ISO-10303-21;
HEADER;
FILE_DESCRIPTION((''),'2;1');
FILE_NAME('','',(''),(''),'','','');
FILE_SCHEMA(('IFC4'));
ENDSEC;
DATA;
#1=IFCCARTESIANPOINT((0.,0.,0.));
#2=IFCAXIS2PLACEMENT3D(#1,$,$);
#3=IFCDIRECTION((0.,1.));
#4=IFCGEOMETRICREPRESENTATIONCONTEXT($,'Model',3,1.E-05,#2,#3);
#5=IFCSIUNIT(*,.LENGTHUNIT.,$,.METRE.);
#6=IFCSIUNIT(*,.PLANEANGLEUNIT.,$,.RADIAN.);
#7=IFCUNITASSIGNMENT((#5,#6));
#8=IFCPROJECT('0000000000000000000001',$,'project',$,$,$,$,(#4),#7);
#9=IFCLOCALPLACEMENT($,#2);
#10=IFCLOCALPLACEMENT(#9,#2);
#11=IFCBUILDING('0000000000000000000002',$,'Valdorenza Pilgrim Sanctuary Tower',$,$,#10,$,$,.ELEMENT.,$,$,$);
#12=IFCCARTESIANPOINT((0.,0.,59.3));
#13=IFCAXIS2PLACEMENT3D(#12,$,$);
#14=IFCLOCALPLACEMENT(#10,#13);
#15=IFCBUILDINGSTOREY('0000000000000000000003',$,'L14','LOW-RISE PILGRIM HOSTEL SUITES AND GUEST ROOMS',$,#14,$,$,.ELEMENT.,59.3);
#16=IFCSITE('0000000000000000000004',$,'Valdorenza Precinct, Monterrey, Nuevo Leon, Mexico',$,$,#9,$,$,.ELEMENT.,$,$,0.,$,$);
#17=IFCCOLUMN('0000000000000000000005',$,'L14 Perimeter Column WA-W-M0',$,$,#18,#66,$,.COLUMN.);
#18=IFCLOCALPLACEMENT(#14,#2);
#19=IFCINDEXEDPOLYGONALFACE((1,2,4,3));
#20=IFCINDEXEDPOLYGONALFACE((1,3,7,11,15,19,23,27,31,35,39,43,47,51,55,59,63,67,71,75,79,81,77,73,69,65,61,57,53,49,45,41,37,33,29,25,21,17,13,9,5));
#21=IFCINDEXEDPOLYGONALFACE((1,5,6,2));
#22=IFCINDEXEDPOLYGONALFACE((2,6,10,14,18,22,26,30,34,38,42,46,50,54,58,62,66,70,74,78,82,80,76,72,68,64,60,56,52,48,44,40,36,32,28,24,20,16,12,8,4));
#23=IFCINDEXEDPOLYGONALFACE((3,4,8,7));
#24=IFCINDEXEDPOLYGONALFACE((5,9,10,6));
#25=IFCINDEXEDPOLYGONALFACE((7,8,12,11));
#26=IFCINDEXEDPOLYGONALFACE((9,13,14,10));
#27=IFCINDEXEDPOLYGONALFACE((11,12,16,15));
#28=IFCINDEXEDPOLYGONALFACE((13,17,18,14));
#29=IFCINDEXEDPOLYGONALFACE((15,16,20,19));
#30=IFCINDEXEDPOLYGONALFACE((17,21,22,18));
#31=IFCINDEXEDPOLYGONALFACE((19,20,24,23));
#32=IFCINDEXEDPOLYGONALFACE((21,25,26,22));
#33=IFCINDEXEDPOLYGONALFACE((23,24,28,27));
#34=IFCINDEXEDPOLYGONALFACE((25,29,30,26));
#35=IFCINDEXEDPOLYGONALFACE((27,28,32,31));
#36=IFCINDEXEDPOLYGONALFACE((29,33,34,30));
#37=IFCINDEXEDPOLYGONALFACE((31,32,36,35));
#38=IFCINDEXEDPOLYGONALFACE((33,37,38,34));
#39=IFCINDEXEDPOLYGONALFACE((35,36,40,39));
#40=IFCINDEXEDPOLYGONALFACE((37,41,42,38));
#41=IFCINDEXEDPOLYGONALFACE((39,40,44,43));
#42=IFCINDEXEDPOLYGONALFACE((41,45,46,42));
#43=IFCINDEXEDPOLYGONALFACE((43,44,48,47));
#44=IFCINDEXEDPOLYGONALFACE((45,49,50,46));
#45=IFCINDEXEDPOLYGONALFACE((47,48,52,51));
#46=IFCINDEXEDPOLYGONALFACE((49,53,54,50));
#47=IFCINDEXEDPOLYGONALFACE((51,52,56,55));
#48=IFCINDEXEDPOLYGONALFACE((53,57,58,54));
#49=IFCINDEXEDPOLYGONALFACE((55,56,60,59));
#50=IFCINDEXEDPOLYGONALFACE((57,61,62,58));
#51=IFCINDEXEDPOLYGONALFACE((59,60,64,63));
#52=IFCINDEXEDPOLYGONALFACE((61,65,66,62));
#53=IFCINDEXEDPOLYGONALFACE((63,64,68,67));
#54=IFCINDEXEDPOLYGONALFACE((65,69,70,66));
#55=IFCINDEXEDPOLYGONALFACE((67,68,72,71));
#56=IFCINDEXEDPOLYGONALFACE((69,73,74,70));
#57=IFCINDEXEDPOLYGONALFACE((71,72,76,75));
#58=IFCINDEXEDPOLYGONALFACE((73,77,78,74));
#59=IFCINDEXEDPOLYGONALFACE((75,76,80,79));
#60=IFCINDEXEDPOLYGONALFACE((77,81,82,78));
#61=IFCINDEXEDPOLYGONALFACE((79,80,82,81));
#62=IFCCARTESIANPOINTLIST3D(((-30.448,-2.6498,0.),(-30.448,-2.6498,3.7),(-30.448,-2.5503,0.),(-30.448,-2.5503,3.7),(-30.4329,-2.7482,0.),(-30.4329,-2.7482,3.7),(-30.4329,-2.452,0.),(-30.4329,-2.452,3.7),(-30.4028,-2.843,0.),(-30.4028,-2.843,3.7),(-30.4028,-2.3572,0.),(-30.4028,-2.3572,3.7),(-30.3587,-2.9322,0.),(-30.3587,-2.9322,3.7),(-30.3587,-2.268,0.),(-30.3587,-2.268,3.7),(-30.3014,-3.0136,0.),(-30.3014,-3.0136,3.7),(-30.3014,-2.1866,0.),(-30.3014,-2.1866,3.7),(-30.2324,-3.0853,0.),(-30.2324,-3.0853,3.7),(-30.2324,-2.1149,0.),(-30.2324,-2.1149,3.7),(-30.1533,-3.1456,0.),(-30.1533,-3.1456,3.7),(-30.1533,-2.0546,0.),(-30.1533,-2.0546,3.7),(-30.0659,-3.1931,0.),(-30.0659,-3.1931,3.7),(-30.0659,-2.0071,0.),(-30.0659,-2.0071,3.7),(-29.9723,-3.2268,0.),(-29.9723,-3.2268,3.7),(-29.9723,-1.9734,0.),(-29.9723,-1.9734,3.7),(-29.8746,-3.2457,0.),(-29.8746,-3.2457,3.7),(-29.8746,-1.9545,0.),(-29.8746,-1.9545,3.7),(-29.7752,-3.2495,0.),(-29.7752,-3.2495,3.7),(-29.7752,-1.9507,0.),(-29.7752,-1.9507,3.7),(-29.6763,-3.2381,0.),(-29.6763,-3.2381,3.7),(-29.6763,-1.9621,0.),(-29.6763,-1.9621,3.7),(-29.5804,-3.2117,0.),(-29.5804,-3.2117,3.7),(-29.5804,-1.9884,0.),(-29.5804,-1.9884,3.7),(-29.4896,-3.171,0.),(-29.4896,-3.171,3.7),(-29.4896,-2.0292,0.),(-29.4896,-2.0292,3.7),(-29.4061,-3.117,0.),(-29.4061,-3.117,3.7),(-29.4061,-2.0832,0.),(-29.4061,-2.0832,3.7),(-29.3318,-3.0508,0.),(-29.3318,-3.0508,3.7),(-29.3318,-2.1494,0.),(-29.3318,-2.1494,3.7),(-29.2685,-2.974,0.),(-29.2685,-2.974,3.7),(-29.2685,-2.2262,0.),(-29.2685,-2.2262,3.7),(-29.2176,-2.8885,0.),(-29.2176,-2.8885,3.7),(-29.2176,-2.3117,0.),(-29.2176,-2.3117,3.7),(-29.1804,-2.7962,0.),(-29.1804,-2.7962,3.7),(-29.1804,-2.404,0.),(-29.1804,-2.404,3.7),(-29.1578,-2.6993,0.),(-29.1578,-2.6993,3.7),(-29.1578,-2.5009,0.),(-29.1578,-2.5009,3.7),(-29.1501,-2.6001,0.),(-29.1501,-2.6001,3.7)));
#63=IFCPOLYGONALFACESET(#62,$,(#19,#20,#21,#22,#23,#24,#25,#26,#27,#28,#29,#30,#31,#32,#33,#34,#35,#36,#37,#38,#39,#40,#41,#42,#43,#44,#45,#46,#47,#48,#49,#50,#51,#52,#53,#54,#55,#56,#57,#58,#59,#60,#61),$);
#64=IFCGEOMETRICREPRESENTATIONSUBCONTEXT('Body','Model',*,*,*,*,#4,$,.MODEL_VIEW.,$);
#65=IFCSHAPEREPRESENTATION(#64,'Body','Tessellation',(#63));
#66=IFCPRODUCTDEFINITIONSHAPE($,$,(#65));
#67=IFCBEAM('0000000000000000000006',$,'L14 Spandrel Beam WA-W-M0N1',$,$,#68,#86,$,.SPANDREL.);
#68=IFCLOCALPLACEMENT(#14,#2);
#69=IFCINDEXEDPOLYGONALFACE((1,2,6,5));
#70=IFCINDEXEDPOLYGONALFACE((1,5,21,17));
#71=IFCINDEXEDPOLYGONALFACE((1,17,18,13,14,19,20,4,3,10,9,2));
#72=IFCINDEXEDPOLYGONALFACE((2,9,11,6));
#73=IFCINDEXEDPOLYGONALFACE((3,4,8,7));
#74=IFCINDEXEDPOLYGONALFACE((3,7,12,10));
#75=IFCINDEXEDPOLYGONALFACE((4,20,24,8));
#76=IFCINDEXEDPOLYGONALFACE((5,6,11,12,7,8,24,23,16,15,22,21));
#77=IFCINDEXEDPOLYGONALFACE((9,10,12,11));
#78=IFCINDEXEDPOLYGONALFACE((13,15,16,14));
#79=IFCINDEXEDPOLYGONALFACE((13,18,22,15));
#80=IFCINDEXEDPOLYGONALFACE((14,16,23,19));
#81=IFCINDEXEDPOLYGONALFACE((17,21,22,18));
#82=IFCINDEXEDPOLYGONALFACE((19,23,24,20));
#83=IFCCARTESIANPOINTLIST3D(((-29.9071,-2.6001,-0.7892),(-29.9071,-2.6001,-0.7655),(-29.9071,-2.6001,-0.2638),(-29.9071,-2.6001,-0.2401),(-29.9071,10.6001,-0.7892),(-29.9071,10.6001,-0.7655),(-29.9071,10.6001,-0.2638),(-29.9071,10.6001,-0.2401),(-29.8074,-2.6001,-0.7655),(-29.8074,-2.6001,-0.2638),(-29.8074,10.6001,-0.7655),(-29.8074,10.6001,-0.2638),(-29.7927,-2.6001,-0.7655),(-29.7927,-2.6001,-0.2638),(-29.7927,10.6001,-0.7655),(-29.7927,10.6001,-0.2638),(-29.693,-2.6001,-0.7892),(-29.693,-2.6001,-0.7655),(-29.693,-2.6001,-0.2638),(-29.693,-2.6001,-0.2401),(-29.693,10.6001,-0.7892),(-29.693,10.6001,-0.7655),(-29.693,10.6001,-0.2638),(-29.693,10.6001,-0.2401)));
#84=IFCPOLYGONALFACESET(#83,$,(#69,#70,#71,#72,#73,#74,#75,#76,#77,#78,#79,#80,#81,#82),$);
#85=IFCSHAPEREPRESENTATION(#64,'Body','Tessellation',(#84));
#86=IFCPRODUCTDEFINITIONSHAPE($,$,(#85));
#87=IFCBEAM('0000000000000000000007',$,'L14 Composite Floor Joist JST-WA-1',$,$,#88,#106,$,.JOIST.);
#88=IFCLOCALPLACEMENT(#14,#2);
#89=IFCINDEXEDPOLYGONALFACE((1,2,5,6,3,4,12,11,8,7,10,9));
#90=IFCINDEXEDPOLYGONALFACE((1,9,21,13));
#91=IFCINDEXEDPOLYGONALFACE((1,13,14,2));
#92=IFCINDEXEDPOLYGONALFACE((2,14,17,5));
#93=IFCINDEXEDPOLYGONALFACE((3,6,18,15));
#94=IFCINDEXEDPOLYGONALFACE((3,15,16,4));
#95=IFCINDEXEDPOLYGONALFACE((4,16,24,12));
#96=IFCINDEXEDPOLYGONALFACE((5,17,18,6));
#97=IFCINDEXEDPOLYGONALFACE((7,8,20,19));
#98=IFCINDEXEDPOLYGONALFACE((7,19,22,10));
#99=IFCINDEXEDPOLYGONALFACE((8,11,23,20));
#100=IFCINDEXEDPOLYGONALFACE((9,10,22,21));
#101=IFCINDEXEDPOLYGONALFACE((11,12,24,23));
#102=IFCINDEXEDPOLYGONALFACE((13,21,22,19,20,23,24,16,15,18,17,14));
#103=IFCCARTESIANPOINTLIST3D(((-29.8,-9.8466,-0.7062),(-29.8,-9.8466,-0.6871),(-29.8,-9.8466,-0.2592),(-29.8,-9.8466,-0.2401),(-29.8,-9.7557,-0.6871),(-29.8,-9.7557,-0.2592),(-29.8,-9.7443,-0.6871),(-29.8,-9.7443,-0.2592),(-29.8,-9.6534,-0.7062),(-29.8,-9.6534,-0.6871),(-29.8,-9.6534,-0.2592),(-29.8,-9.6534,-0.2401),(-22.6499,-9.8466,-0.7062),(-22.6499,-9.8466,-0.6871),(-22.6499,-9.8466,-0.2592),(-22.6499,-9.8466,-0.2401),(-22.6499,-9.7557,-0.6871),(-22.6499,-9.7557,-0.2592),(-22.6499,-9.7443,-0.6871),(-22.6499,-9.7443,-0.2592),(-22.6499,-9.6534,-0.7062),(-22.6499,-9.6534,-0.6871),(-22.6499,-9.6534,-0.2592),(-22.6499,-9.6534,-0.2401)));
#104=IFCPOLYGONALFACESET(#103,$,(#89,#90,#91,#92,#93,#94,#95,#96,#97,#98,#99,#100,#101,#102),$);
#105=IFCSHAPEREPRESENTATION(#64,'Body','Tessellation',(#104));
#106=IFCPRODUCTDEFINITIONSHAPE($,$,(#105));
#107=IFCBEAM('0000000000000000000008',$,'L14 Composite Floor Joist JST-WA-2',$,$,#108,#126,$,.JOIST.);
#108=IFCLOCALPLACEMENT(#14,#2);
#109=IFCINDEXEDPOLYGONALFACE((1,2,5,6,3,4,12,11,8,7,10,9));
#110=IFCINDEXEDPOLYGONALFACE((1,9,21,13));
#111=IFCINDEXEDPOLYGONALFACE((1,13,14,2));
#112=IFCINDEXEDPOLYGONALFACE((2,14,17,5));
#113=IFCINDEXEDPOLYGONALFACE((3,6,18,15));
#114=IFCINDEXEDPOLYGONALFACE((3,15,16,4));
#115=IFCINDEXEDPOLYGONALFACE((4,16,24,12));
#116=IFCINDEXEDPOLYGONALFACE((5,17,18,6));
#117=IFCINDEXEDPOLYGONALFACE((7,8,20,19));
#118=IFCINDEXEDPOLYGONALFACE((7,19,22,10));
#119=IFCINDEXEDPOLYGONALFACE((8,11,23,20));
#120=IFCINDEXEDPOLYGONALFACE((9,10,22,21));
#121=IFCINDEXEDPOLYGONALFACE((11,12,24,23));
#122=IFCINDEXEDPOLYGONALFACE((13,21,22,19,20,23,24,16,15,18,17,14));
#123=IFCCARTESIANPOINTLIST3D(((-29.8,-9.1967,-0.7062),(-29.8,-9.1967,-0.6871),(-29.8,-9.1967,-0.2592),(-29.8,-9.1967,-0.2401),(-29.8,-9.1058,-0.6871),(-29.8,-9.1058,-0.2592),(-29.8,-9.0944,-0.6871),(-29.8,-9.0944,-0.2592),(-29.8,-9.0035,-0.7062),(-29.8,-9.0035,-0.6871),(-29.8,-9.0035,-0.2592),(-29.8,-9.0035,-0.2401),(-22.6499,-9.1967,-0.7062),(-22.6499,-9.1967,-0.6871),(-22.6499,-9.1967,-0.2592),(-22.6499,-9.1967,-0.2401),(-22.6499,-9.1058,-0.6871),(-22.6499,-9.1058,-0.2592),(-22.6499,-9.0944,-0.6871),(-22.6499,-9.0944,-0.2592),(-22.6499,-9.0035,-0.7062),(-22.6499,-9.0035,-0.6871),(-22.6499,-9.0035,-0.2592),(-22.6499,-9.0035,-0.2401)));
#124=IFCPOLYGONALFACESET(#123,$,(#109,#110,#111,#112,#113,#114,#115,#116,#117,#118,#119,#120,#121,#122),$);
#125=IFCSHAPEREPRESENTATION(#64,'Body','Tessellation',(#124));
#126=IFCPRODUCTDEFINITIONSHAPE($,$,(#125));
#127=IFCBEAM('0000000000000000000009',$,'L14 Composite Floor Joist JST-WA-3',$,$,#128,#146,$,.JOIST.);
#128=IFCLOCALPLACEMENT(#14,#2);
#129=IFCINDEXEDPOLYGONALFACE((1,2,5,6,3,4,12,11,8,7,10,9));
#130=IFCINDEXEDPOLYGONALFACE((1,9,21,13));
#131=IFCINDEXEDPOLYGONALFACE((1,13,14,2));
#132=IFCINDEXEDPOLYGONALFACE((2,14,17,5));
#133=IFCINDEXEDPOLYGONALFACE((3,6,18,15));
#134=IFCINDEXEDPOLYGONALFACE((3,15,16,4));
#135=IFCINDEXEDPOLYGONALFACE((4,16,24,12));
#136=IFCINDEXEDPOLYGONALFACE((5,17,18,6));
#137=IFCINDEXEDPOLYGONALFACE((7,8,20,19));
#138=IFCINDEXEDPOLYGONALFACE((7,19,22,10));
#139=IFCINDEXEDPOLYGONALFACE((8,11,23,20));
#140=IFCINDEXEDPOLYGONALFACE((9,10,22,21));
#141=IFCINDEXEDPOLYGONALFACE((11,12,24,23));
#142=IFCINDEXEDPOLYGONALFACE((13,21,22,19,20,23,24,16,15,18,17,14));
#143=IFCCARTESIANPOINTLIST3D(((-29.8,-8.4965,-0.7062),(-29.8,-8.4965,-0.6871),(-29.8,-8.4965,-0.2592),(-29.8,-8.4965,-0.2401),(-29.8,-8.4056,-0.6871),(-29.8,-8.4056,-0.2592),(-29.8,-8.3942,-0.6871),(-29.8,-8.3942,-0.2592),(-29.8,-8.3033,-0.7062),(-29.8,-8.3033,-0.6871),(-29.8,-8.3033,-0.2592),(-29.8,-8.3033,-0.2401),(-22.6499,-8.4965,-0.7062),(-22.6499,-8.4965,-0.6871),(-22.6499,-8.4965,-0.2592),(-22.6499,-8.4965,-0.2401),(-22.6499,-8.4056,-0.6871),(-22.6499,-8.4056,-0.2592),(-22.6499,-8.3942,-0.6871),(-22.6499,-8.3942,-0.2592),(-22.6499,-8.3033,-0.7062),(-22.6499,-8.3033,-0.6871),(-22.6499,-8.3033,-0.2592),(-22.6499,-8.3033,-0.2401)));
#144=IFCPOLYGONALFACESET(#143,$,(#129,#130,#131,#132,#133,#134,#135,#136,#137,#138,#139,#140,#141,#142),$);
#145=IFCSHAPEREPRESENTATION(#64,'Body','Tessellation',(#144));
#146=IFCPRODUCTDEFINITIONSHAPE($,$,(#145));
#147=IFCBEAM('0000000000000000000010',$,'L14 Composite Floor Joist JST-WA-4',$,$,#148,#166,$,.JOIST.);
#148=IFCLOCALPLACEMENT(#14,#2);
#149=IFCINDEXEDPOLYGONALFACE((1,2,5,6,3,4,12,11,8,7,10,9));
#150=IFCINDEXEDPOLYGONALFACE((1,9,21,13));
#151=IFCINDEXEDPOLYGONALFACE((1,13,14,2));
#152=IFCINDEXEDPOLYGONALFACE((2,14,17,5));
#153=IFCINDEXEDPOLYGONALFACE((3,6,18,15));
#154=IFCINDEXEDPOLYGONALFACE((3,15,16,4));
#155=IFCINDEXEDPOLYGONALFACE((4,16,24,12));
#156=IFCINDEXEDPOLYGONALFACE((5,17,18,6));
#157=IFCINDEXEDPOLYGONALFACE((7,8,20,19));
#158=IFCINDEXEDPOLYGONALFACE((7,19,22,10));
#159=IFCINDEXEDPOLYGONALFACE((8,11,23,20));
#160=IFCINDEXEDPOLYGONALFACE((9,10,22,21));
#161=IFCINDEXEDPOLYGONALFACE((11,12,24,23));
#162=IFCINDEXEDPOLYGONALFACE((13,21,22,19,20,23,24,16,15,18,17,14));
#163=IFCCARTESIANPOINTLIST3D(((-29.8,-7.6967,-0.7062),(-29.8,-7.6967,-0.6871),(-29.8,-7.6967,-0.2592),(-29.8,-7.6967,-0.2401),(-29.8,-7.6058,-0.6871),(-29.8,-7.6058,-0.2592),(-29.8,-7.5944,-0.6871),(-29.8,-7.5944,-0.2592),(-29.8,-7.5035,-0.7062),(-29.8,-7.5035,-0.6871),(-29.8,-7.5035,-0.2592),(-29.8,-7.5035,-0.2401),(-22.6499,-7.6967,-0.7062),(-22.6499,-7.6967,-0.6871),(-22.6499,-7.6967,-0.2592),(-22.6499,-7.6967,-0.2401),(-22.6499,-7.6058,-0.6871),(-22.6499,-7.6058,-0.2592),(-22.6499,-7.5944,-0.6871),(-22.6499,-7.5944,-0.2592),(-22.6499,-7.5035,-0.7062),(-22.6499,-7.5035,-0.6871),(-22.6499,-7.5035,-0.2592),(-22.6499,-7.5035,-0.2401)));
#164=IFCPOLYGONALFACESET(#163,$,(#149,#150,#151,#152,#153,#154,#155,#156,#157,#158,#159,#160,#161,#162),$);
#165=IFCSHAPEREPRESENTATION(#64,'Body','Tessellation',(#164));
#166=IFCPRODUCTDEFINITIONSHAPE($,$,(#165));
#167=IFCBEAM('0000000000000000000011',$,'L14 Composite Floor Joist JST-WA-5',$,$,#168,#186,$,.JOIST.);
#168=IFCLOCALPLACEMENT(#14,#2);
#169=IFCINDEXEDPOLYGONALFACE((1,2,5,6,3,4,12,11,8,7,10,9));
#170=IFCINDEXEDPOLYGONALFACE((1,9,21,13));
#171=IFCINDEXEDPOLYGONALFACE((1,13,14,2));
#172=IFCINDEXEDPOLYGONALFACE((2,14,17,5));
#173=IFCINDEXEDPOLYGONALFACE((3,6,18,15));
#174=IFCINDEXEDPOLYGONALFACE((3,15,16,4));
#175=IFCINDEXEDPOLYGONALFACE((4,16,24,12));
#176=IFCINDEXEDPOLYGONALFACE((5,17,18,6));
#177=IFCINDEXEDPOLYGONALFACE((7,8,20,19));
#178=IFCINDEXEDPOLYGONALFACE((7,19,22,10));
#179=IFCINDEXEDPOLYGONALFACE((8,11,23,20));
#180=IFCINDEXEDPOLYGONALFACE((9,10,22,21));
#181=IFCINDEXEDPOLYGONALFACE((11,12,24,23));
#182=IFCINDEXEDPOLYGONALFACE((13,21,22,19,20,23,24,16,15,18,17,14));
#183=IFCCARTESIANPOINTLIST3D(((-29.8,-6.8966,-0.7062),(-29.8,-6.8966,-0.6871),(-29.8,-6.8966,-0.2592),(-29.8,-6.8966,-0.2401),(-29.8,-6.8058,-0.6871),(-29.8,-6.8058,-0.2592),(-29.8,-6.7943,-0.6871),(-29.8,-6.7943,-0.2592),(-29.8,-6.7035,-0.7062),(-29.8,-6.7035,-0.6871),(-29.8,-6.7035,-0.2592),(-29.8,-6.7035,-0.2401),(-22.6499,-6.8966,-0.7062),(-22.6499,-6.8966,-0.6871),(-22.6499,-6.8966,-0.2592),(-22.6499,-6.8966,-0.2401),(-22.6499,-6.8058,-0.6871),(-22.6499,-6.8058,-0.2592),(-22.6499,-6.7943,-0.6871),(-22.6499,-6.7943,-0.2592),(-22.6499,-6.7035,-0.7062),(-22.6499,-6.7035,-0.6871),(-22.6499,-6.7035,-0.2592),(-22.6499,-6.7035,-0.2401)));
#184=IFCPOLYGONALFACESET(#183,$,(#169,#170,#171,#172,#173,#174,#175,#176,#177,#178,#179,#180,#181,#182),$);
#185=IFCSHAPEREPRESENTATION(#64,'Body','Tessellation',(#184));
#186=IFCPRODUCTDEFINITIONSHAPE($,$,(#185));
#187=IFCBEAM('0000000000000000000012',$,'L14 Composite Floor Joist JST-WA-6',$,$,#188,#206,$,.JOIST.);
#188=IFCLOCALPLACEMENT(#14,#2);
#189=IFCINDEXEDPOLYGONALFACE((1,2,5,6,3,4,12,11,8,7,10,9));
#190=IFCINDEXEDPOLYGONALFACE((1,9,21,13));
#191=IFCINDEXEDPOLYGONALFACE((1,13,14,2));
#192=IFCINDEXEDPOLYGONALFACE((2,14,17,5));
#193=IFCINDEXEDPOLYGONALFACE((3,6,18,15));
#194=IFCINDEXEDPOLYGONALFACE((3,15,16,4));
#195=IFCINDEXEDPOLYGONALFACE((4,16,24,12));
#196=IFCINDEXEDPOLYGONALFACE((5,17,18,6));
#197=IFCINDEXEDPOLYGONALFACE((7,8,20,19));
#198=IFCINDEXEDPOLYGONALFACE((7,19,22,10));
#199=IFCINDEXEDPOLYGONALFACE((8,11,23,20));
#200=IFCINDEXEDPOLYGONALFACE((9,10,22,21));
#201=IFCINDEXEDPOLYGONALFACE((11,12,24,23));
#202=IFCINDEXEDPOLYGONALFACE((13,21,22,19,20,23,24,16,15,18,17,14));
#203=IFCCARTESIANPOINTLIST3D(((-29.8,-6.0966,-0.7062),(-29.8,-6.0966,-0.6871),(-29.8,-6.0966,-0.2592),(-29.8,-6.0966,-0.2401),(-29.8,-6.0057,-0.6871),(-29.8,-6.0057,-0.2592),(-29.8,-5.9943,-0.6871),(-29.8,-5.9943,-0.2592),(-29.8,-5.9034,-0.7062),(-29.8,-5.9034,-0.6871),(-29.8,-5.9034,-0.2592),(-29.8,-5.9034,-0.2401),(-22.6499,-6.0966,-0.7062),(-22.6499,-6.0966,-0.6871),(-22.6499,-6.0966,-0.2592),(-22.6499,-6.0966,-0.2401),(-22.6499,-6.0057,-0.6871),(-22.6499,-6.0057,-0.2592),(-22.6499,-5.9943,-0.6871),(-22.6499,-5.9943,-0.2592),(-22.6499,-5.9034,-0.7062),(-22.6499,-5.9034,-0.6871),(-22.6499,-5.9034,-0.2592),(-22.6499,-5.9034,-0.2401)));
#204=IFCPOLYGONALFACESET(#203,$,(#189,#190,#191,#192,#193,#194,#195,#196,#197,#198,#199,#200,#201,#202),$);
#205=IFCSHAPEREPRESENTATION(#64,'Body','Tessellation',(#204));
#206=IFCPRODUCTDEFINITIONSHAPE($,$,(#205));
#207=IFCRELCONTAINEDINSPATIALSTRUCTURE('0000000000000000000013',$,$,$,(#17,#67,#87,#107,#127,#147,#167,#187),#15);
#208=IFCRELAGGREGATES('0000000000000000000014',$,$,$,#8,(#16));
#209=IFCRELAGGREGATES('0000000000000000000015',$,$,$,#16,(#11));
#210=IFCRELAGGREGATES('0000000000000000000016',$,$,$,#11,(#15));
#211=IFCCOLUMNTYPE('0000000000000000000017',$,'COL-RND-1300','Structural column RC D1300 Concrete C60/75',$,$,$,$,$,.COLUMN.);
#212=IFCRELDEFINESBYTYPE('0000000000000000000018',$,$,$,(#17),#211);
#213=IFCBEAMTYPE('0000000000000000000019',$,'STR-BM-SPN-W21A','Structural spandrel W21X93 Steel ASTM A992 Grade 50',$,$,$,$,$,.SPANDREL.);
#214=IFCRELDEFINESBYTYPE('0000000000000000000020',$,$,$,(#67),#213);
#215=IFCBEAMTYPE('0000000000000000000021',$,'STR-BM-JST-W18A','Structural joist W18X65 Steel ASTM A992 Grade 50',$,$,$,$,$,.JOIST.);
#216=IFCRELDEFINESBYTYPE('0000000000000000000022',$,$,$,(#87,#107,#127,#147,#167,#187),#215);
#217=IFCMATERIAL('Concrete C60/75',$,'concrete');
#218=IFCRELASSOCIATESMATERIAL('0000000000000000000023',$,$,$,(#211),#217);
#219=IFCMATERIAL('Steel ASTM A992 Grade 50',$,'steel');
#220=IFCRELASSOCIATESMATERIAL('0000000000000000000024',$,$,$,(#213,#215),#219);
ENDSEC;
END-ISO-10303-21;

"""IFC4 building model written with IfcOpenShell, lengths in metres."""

from ifc_helpers import new_model, si_unit, direction, frame, origin, origin_2d, place, context, subcontext, project, spatial, circle, i_section, extrude, source, transform, mapped, material, material_profile, profile_set, type_object, element, save


model = new_model("IFC4")

# Units and contexts
model_context = context("Model", 3, precision=1e-05, world=origin(), true_north=direction((0.0, 1.0)))
body_context = subcontext(model_context, "Body", "Model", "MODEL_VIEW")
ifc_project = project(units=[si_unit("LENGTHUNIT", "METRE"), si_unit("PLANEANGLEUNIT", "RADIAN")], contexts=[model_context])

# Site, building, storey
site_placement = place(None, origin())
site = spatial("IfcSite", under=ifc_project, at=site_placement, Name="Valdorenza Precinct, Monterrey, Nuevo Leon, Mexico", CompositionType="ELEMENT", RefElevation=0.0)
building_placement = place(site_placement, origin())
building = spatial("IfcBuilding", under=site, at=building_placement, Name="Valdorenza Pilgrim Sanctuary Tower", CompositionType="ELEMENT")
storey_placement = place(building_placement, frame((0.0, 0.0, 59.3)))
storey = spatial("IfcBuildingStorey", under=building, at=storey_placement, Name="L14", Description="LOW-RISE PILGRIM HOSTEL SUITES AND GUEST ROOMS", CompositionType="ELEMENT", Elevation=59.3)

# Column
ifc_material_1 = material(Name="Concrete C60/75", Category="concrete")
ifc_material_profile_1 = material_profile(ifc_material_1, circle(Radius=0.6499, at=origin_2d()), Name="RC D1300")
ifc_profile_set_1 = profile_set([ifc_material_profile_1], Name="Concrete C60/75")
column_type = type_object("IfcColumnType", Name="COL-RND-1300", Description="Structural column RC D1300 Concrete C60/75", PredefinedType="COLUMN", material=ifc_profile_set_1)
shared_shape_1 = source(origin(), body_context, "Body", "SweptSolid", [
    extrude(circle(Radius=0.6499, at=origin_2d()), origin(), (0.0, 0.0, 1.0), 3.7),
])
column_placement = place(storey_placement, frame((-29.8, -2.6001, 0.0), z_axis=(0.0, 0.0, 1.0), x_axis=(1.0, 0.0, 0.0)))
element("IfcColumn", 1, at=column_placement, inside=storey, type_object=column_type, Name="L14 Perimeter Column WA-W-M0", PredefinedType="COLUMN", context=body_context, shape_type="MappedRepresentation", body=[
    mapped(shared_shape_1, transform((0.0, 0.0, 0.0), x_axis=(1.0, 0.0, 0.0), y_axis=(0.0, 1.0, 0.0), z_axis=(0.0, 0.0, 1.0), scale=1.0)),
])

# Beams
ifc_material_2 = material(Name="Steel ASTM A992 Grade 50", Category="steel")
ifc_material_profile_2 = material_profile(ifc_material_2, i_section(OverallWidth=0.2141, OverallDepth=0.5491, WebThickness=0.0146, FlangeThickness=0.0237, at=origin_2d()), Name="W21X93")
ifc_profile_set_2 = profile_set([ifc_material_profile_2], Name="Steel ASTM A992 Grade 50")
beam_type_1 = type_object("IfcBeamType", Name="STR-BM-SPN-W21A", Description="Structural spandrel W21X93 Steel ASTM A992 Grade 50", PredefinedType="SPANDREL", material=ifc_profile_set_2)
shared_shape_2 = source(origin(), body_context, "Body", "SweptSolid", [
    extrude(i_section(OverallWidth=0.2141, OverallDepth=0.5491, WebThickness=0.0146, FlangeThickness=0.0237, at=origin_2d()), origin(), (0.0, 0.0, 1.0), 13.2002),
])
beam_1_placement = place(storey_placement, frame((-29.8, -2.6001, -0.5146), z_axis=(0.0, 1.0, 0.0), x_axis=(-1.0, 0.0, 0.0)))
element("IfcBeam", 2, at=beam_1_placement, inside=storey, type_object=beam_type_1, Name="L14 Spandrel Beam WA-W-M0N1", PredefinedType="SPANDREL", context=body_context, shape_type="MappedRepresentation", body=[
    mapped(shared_shape_2, transform((0.0, 0.0, 0.0), x_axis=(1.0, 0.0, 0.0), y_axis=(0.0, 1.0, 0.0), z_axis=(0.0, 0.0, 1.0), scale=1.0)),
])
ifc_material_profile_3 = material_profile(ifc_material_2, i_section(OverallWidth=0.1931, OverallDepth=0.4661, WebThickness=0.0115, FlangeThickness=0.019, at=origin_2d()), Name="W18X65")
ifc_profile_set_3 = profile_set([ifc_material_profile_3], Name="Steel ASTM A992 Grade 50")
beam_type_2 = type_object("IfcBeamType", Name="STR-BM-JST-W18A", Description="Structural joist W18X65 Steel ASTM A992 Grade 50", PredefinedType="JOIST", material=ifc_profile_set_3)
shared_shape_3 = source(origin(), body_context, "Body", "SweptSolid", [
    extrude(i_section(OverallWidth=0.1931, OverallDepth=0.4661, WebThickness=0.0115, FlangeThickness=0.019, at=origin_2d()), origin(), (0.0, 0.0, 1.0), 7.1501),
])
for number, where, z_axis, x_axis, name in (
    (3, (-29.8, -9.75, -0.4731), (1.0, 0.0, 0.0), (0.0, 1.0, 0.0), "L14 Composite Floor Joist JST-WA-1"),
    (4, (-29.8, -9.1001, -0.4731), (1.0, 0.0, 0.0), (0.0, 1.0, 0.0), "L14 Composite Floor Joist JST-WA-2"),
    (5, (-29.8, -8.3999, -0.4731), (1.0, 0.0, 0.0), (0.0, 1.0, 0.0), "L14 Composite Floor Joist JST-WA-3"),
    (6, (-29.8, -7.6001, -0.4731), (1.0, 0.0, 0.0), (0.0, 1.0, 0.0), "L14 Composite Floor Joist JST-WA-4"),
    (7, (-29.8, -6.8, -0.4731), (1.0, 0.0, 0.0), (0.0, 1.0, 0.0), "L14 Composite Floor Joist JST-WA-5"),
    (8, (-29.8, -6.0, -0.4731), (1.0, 0.0, 0.0), (0.0, 1.0, 0.0), "L14 Composite Floor Joist JST-WA-6"),
):
    element("IfcBeam", number, at=place(storey_placement, frame(where, z_axis=z_axis, x_axis=x_axis)), inside=storey, type_object=beam_type_2, Name=name, PredefinedType="JOIST", context=body_context, shape_type="MappedRepresentation", body=[
        mapped(shared_shape_3, transform((0.0, 0.0, 0.0), x_axis=(1.0, 0.0, 0.0), y_axis=(0.0, 1.0, 0.0), z_axis=(0.0, 0.0, 1.0), scale=1.0)),
    ])

save(model, "model.ifc")
